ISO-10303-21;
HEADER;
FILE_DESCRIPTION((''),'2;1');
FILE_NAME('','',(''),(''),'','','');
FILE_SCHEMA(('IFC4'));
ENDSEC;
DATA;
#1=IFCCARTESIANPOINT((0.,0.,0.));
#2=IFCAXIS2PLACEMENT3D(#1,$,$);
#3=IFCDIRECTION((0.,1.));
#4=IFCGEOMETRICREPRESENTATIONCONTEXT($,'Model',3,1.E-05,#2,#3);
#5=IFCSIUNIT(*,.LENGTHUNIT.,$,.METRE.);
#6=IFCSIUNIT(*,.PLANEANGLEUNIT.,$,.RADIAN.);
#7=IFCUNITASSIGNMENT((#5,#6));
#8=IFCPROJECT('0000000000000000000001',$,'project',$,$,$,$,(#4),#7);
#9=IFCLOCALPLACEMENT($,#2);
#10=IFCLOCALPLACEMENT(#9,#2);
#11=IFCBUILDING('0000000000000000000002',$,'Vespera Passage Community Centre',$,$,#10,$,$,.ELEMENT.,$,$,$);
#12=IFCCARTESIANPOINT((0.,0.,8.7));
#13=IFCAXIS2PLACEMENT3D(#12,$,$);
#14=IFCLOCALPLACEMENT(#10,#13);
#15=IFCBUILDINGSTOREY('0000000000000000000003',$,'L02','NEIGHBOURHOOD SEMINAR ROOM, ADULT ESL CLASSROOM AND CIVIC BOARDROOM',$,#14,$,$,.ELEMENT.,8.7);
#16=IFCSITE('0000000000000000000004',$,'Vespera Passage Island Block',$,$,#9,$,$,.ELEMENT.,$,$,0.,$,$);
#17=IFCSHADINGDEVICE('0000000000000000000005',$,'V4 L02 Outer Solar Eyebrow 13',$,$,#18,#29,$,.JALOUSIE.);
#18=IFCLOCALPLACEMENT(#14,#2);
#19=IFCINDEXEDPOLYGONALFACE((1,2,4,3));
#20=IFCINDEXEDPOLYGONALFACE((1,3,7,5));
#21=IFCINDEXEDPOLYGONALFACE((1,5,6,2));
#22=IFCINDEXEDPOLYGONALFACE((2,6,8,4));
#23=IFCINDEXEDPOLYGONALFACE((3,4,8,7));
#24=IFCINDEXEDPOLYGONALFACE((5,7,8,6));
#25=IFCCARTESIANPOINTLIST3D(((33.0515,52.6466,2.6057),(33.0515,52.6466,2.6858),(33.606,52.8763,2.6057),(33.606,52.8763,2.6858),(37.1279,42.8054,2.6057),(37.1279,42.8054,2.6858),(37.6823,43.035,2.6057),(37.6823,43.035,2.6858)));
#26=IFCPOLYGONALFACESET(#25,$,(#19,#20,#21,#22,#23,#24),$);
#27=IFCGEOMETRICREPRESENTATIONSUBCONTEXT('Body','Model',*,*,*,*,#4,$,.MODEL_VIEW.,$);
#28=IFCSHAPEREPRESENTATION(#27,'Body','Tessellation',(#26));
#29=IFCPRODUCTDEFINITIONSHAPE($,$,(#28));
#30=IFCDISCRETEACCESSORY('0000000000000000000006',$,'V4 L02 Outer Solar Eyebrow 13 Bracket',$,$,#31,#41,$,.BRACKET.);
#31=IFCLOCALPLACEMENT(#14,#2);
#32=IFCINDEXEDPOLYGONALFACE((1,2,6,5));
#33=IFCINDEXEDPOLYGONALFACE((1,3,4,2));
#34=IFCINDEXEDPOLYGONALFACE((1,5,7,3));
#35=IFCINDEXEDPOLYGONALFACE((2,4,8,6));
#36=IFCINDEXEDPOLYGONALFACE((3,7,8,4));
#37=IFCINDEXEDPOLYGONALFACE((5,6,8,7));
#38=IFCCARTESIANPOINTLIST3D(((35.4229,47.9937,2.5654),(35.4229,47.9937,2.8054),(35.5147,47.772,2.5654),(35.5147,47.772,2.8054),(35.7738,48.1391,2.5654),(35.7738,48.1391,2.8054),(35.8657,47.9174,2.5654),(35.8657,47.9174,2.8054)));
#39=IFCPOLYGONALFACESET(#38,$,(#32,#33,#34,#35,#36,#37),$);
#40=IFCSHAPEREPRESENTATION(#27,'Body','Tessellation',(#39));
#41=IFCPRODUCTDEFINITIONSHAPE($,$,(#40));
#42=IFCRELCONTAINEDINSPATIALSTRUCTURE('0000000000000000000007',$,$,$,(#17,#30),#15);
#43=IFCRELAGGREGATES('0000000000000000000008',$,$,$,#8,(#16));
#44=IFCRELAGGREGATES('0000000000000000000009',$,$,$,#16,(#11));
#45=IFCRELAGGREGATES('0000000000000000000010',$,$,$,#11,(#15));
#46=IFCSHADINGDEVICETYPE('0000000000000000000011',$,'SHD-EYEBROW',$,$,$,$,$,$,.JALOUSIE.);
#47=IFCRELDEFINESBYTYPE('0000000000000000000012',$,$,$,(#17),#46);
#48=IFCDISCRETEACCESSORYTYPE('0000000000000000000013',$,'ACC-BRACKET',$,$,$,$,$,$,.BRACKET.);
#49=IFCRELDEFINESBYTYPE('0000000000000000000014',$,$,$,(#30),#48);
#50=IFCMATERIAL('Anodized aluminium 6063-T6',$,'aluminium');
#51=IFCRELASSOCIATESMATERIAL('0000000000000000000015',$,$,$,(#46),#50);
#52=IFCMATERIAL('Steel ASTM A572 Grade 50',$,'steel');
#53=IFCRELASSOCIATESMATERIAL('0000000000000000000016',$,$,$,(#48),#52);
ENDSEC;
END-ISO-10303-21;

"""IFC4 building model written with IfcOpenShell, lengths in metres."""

from ifc_helpers import new_model, si_unit, direction, frame, origin, origin_2d, place, context, subcontext, project, spatial, rectangle, extrude, material, type_object, element, save


model = new_model("IFC4")

# Units and contexts
model_context = context("Model", 3, precision=1e-05, world=origin(), true_north=direction((0.0, 1.0)))
body_context = subcontext(model_context, "Body", "Model", "MODEL_VIEW")
ifc_project = project(units=[si_unit("LENGTHUNIT", "METRE"), si_unit("PLANEANGLEUNIT", "RADIAN")], contexts=[model_context])

# Site, building, storey
site_placement = place(None, origin())
site = spatial("IfcSite", under=ifc_project, at=site_placement, Name="Vespera Passage Island Block", CompositionType="ELEMENT", RefElevation=0.0)
building_placement = place(site_placement, origin())
building = spatial("IfcBuilding", under=site, at=building_placement, Name="Vespera Passage Community Centre", CompositionType="ELEMENT")
storey_placement = place(building_placement, frame((0.0, 0.0, 8.7)))
storey = spatial("IfcBuildingStorey", under=building, at=storey_placement, Name="L02", Description="NEIGHBOURHOOD SEMINAR ROOM, ADULT ESL CLASSROOM AND CIVIC BOARDROOM", CompositionType="ELEMENT", Elevation=8.7)

# Shading device
ifc_material_1 = material(Name="Anodized aluminium 6063-T6", Category="aluminium")
shading_device_type = type_object("IfcShadingDeviceType", Name="SHD-EYEBROW", PredefinedType="JALOUSIE", material=ifc_material_1)
shading_device_placement = place(storey_placement, frame((35.3669, 47.8408, 2.6057), z_axis=(0.0, 0.0, 1.0), x_axis=(-0.382683, 0.92388, 0.0)))
element("IfcShadingDevice", 1, at=shading_device_placement, inside=storey, type_object=shading_device_type, Name="V4 L02 Outer Solar Eyebrow 13", PredefinedType="JALOUSIE", context=body_context, shape_type="SweptSolid", body=[
    extrude(rectangle(XDim=10.6521, YDim=0.6001, at=origin_2d()), origin(), (0.0, 0.0, 1.0), 0.0801),
])

# Discrete accessory
ifc_material_2 = material(Name="Steel ASTM A572 Grade 50", Category="steel")
discrete_accessory_type = type_object("IfcDiscreteAccessoryType", Name="ACC-BRACKET", PredefinedType="BRACKET", material=ifc_material_2)
discrete_accessory_placement = place(storey_placement, frame((35.6443, 47.9556, 2.5654), z_axis=(0.0, 0.0, 1.0), x_axis=(-0.382683, 0.92388, 0.0)))
element("IfcDiscreteAccessory", 2, at=discrete_accessory_placement, inside=storey, type_object=discrete_accessory_type, Name="V4 L02 Outer Solar Eyebrow 13 Bracket", PredefinedType="BRACKET", context=body_context, shape_type="SweptSolid", body=[
    extrude(rectangle(XDim=0.24, YDim=0.3799, at=origin_2d()), origin(), (0.0, 0.0, 1.0), 0.24),
])

save(model, "model.ifc")
